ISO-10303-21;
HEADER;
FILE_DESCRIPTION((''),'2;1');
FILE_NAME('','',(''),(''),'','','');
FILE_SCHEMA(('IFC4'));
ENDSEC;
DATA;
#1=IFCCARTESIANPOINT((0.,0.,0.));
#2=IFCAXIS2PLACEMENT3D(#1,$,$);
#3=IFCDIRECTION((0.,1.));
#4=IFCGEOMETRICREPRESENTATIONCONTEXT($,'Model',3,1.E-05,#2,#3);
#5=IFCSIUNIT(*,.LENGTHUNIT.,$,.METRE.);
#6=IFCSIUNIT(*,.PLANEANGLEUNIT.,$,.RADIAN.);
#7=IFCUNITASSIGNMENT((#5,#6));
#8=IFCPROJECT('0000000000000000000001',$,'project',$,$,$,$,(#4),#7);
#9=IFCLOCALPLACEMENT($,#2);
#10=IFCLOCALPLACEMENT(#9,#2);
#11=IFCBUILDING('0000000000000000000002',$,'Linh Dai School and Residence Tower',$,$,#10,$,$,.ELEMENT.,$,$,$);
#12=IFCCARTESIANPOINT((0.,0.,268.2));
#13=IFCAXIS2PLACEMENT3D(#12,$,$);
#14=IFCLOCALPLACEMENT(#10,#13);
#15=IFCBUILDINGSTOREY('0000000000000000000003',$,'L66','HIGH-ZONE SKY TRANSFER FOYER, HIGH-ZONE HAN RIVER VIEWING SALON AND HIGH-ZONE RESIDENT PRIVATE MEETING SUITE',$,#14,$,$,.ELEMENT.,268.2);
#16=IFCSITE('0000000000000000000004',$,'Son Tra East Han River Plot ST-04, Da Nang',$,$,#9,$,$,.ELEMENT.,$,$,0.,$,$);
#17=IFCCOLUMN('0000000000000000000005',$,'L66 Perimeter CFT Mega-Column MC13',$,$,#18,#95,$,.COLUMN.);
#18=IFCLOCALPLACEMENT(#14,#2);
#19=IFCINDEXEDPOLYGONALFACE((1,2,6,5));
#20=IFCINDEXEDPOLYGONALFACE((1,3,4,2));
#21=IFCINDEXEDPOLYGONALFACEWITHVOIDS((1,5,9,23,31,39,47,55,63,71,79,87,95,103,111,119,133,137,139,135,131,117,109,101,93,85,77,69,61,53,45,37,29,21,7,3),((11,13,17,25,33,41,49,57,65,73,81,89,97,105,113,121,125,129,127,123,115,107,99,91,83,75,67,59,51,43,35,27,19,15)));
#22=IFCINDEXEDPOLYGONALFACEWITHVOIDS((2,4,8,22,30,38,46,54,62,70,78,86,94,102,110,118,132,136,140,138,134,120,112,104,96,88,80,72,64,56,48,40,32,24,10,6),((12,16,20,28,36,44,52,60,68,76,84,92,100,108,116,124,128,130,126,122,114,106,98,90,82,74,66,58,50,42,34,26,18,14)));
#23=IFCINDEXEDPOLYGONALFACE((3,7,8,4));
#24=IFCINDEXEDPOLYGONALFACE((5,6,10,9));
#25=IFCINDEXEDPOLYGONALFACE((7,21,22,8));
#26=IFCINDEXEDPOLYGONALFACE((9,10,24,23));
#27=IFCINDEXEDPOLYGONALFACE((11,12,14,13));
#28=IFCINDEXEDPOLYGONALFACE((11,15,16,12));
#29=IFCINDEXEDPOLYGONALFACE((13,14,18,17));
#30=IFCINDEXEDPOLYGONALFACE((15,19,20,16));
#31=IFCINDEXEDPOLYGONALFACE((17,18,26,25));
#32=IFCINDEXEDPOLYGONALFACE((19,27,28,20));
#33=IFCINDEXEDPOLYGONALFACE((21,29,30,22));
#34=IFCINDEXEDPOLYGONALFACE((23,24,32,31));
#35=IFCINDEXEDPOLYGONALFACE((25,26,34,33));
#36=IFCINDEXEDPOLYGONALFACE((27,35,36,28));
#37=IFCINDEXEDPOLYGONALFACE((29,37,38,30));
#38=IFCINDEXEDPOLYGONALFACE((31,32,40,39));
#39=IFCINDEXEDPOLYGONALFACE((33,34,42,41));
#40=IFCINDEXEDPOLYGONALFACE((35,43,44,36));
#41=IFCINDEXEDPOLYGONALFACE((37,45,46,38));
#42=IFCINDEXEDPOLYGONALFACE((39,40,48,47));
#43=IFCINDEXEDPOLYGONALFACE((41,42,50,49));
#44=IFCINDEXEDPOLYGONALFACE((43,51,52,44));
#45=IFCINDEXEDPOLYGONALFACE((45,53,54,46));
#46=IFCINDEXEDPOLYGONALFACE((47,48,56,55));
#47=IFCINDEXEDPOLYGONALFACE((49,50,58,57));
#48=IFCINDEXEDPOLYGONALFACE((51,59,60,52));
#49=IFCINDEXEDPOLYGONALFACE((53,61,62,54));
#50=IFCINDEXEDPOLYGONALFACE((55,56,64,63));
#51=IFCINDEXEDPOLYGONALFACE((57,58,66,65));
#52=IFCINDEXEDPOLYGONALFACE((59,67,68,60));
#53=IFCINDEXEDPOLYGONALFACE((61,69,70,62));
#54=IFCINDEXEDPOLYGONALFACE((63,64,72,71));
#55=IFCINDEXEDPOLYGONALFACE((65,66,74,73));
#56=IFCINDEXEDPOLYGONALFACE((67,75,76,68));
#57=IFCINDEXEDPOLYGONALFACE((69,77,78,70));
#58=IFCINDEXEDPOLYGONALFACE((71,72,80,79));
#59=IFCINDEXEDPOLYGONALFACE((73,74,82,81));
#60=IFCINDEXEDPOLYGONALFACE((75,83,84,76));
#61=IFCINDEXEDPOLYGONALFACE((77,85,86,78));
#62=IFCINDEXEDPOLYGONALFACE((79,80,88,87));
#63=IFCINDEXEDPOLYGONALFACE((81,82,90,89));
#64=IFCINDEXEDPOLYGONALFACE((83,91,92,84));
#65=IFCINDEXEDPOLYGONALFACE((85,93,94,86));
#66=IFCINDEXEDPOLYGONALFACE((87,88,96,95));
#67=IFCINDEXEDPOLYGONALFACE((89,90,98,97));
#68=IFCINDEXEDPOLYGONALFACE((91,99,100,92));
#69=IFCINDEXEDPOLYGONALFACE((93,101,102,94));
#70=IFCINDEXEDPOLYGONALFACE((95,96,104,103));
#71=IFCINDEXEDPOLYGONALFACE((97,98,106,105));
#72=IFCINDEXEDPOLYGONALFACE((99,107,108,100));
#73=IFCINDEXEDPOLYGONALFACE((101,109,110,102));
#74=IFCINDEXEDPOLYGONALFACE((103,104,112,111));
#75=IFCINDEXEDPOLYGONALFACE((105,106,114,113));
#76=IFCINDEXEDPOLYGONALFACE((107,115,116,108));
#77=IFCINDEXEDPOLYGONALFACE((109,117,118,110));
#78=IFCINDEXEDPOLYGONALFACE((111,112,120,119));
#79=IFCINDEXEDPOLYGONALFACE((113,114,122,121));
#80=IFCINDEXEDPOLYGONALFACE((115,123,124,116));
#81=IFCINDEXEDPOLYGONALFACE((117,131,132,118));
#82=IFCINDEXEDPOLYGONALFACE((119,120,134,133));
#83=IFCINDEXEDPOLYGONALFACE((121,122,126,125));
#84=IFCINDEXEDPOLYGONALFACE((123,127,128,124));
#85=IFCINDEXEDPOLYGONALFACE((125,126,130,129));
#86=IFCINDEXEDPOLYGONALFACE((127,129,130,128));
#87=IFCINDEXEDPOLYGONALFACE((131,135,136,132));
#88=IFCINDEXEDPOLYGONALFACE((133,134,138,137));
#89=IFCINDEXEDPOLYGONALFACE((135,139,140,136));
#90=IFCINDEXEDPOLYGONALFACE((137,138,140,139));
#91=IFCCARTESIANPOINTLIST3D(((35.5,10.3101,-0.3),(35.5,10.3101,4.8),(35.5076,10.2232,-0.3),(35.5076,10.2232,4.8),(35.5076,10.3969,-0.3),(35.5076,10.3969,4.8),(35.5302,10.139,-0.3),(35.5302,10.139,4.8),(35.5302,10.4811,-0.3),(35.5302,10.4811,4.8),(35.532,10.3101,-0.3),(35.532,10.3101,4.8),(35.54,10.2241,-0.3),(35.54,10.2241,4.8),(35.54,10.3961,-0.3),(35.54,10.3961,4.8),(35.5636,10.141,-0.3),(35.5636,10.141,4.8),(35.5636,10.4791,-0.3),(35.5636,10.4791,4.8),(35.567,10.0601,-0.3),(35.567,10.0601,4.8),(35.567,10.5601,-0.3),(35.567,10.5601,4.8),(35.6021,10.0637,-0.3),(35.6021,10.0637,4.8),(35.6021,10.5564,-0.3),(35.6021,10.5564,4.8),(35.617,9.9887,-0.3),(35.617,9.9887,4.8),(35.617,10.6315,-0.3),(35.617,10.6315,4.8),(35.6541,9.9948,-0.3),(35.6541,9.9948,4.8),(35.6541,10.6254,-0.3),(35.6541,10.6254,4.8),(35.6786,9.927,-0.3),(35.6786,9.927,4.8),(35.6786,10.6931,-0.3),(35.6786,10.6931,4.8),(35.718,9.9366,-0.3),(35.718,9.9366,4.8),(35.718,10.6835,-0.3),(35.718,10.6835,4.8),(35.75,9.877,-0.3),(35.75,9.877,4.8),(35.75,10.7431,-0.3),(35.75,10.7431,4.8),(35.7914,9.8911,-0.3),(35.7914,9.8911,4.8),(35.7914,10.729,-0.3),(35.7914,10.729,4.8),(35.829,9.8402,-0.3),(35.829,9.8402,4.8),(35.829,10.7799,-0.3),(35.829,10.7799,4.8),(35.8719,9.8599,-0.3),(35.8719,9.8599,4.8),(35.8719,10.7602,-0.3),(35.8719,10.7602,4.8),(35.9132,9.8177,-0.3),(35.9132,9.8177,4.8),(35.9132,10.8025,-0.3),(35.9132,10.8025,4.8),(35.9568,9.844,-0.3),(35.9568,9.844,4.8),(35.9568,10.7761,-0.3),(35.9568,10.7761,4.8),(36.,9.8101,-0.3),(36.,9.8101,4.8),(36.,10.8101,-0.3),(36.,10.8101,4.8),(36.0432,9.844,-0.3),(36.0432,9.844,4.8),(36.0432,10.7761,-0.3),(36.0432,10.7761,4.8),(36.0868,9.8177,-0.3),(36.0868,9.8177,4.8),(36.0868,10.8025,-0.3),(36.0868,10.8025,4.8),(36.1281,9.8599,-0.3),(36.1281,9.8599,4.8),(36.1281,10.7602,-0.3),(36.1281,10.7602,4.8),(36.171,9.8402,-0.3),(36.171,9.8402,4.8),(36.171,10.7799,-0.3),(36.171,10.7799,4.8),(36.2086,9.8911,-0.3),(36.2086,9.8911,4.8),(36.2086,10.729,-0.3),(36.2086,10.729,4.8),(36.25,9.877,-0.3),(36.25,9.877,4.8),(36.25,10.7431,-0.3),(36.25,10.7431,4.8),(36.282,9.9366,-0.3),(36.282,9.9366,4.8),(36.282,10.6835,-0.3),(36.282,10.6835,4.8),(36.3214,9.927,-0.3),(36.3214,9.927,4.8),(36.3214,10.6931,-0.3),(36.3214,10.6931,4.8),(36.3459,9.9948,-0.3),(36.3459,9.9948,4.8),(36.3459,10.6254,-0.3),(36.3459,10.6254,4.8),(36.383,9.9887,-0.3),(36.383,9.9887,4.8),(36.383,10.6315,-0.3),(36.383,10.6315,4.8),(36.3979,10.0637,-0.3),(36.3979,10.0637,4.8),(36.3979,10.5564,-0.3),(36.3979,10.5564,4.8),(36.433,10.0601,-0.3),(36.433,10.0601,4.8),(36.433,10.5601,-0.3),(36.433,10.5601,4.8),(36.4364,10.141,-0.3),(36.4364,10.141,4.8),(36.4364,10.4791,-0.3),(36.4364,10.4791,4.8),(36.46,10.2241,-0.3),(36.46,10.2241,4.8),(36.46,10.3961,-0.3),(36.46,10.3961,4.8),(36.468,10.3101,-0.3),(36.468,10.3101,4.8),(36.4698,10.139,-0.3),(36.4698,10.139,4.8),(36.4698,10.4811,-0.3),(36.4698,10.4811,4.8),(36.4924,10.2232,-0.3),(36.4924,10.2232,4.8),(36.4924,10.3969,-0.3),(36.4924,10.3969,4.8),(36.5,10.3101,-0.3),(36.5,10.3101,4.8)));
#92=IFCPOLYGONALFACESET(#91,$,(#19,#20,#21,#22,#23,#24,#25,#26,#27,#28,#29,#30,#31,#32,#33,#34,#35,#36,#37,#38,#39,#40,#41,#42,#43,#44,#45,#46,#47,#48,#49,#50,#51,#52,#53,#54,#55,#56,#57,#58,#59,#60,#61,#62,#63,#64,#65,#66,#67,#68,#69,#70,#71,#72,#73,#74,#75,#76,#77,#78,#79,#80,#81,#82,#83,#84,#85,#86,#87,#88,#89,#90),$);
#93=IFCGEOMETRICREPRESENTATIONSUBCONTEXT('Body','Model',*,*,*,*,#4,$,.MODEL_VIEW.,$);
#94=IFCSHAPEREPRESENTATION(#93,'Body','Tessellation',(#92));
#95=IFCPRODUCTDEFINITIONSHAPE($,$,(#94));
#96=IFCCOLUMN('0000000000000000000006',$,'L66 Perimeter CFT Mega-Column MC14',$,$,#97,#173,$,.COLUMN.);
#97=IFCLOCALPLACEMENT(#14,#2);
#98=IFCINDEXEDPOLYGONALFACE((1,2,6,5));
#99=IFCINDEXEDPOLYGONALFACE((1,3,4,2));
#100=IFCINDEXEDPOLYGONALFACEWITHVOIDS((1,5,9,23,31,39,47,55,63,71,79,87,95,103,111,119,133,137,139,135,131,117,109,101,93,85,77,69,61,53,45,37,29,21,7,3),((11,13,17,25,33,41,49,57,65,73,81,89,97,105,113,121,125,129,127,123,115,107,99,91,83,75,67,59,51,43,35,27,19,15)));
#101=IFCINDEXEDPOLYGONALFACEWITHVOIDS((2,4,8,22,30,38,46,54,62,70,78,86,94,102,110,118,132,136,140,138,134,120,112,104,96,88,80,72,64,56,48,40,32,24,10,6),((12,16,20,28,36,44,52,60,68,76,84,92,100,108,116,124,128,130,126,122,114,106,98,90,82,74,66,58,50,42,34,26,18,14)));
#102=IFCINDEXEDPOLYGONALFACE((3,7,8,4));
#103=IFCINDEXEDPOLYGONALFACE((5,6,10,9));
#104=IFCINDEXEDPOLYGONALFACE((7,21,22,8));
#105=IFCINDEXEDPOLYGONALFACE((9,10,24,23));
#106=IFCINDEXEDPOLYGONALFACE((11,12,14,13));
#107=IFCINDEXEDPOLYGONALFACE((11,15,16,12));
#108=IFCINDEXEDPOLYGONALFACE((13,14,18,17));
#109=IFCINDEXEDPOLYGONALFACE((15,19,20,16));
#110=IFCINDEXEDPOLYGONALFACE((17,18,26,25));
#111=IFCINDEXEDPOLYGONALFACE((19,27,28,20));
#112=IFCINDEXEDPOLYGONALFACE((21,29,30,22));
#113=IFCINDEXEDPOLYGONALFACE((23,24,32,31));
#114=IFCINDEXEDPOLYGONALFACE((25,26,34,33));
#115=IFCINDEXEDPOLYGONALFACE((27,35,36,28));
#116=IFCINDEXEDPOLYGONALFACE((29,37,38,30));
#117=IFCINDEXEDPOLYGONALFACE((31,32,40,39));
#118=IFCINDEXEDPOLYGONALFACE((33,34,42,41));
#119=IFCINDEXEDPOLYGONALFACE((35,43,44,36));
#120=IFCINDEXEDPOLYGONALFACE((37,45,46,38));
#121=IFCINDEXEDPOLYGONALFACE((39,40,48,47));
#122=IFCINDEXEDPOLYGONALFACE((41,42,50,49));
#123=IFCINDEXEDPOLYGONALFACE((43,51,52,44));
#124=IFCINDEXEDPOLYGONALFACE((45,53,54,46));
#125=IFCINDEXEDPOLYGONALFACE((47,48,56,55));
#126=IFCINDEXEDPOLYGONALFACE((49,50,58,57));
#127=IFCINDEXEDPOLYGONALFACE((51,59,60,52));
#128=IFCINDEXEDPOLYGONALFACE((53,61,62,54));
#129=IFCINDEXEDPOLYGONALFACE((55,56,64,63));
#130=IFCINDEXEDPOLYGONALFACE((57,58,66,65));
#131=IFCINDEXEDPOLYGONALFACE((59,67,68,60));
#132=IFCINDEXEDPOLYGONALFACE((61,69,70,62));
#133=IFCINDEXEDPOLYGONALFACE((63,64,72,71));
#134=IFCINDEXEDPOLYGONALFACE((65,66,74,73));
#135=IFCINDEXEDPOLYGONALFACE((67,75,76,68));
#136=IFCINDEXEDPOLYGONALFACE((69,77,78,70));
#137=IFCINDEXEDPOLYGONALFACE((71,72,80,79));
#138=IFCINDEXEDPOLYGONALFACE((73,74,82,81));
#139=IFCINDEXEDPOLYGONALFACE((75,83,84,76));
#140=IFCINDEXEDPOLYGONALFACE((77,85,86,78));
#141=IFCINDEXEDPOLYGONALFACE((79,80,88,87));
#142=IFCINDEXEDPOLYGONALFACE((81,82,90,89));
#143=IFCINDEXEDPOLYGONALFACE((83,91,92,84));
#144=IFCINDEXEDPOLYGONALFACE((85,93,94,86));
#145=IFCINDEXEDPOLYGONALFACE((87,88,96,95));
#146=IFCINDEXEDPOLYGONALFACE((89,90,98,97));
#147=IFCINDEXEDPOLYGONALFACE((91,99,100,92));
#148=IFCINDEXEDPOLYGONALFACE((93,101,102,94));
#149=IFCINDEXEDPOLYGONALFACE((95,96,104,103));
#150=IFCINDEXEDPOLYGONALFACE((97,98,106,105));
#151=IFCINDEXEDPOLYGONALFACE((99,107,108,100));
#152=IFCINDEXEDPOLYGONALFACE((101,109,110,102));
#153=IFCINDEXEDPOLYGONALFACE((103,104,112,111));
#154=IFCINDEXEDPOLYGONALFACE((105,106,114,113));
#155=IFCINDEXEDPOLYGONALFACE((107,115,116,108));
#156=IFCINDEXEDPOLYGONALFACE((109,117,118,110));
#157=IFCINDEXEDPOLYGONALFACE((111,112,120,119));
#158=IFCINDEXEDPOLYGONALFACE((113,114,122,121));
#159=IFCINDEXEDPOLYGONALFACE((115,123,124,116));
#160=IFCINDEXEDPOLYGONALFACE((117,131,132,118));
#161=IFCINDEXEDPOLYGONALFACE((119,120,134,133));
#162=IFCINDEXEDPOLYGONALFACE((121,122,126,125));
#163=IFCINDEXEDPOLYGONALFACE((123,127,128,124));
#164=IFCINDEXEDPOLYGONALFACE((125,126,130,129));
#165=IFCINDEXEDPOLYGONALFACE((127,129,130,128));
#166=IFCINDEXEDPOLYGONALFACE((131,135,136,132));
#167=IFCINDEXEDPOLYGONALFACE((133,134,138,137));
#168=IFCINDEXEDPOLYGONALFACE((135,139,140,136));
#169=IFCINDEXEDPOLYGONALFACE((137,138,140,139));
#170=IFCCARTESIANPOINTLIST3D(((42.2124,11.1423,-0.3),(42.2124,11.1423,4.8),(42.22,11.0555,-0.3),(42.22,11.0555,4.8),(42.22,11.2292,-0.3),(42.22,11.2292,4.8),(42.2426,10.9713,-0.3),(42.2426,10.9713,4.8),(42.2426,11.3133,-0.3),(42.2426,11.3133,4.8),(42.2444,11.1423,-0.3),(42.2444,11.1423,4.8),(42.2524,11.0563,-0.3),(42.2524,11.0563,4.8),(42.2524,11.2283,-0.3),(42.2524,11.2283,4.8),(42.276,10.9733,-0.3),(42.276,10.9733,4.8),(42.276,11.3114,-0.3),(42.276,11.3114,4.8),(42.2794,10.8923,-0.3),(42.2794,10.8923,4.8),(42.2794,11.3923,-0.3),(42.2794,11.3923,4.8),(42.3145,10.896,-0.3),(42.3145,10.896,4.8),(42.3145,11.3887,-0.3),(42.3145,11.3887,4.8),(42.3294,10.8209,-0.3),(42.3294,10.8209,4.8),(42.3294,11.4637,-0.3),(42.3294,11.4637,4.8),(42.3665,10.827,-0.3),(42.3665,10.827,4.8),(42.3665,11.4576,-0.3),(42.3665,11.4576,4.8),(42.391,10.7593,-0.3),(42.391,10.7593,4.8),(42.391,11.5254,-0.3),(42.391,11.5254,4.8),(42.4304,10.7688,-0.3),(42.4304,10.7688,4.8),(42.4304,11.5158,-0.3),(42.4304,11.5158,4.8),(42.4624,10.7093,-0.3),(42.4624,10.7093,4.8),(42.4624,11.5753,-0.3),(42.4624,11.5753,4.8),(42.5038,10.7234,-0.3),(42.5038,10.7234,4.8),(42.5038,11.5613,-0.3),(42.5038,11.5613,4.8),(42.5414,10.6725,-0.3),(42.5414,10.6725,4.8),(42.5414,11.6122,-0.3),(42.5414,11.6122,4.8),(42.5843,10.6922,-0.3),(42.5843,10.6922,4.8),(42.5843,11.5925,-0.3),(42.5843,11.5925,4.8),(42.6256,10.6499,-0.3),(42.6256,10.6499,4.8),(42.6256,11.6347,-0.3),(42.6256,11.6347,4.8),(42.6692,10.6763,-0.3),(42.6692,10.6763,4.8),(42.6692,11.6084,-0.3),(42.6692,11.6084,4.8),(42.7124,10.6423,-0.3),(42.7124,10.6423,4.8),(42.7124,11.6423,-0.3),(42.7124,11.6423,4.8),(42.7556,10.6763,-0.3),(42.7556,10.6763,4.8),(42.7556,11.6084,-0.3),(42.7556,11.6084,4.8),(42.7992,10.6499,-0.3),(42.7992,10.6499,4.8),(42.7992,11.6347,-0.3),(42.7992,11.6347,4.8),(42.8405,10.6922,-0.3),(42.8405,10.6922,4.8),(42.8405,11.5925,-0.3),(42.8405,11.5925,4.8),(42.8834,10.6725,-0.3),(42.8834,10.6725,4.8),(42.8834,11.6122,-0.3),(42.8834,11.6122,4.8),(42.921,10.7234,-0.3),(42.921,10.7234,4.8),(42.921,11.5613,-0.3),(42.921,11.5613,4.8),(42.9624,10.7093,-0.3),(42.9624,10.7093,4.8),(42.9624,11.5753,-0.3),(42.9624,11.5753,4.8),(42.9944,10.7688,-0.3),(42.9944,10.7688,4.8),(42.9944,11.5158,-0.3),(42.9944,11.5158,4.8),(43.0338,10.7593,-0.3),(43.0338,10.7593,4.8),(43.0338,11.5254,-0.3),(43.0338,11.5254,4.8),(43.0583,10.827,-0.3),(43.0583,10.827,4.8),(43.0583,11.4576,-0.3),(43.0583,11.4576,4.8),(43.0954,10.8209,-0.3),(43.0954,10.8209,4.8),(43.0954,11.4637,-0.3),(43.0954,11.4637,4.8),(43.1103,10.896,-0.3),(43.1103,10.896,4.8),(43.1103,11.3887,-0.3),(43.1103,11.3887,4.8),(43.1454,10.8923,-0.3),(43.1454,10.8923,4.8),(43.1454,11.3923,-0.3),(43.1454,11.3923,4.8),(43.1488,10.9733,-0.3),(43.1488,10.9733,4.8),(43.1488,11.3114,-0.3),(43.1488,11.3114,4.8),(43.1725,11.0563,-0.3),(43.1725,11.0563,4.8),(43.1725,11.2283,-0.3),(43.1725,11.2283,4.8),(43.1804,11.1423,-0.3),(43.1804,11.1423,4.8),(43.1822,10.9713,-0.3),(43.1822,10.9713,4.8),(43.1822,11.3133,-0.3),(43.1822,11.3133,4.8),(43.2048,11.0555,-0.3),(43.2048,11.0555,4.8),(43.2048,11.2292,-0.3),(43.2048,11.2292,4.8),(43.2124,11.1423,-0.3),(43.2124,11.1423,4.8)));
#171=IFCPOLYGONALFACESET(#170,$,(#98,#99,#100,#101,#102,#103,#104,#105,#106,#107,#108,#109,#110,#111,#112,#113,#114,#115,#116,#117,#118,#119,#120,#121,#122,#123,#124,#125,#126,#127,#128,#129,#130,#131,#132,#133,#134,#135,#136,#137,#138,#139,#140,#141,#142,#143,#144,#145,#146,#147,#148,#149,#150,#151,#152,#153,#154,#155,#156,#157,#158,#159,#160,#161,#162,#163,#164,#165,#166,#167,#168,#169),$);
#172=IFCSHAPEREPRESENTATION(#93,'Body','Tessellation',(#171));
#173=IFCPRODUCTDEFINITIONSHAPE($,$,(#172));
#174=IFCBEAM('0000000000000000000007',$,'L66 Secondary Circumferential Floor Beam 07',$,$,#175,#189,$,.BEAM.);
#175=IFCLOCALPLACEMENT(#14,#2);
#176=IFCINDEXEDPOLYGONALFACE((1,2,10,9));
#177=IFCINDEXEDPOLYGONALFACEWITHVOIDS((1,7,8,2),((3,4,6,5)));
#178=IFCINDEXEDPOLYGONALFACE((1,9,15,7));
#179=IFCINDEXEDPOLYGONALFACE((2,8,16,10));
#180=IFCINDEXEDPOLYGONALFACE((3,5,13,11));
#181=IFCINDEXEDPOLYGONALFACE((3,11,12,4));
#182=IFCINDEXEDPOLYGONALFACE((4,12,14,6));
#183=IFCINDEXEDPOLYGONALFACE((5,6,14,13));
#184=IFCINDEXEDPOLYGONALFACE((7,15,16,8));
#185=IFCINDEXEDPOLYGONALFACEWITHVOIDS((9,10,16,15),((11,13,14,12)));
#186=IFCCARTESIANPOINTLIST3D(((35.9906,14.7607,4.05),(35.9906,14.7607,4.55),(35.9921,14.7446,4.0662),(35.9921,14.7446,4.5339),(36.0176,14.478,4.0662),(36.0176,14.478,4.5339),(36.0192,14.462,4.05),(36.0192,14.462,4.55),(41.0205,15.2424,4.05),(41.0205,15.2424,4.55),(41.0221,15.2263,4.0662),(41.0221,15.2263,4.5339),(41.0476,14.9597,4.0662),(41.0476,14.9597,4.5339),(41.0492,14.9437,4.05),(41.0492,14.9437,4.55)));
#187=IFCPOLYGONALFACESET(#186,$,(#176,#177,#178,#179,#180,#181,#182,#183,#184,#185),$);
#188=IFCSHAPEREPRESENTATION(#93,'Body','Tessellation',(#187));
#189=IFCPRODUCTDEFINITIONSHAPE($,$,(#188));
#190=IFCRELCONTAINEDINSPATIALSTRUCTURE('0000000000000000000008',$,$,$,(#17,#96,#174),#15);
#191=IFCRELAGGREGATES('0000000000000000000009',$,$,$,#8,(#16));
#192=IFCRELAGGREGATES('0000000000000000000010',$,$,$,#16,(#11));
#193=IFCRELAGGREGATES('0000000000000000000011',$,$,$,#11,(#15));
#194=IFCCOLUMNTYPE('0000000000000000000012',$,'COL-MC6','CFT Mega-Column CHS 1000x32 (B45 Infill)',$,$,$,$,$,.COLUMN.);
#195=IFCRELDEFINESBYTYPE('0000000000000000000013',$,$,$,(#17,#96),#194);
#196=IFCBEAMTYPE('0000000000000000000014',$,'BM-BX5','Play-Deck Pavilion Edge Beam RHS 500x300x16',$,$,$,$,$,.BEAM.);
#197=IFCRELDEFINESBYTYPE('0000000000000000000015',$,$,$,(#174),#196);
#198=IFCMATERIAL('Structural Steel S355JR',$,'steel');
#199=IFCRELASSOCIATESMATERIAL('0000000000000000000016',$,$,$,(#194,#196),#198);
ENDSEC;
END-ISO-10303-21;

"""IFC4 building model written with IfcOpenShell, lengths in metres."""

from ifc_helpers import new_model, si_unit, direction, frame, origin, origin_2d, place, context, subcontext, project, spatial, hollow_rectangle, hollow_circle, extrude, material, material_profile, profile_set, type_object, element, save


model = new_model("IFC4")

# Units and contexts
model_context = context("Model", 3, precision=1e-05, world=origin(), true_north=direction((0.0, 1.0)))
body_context = subcontext(model_context, "Body", "Model", "MODEL_VIEW")
ifc_project = project(units=[si_unit("LENGTHUNIT", "METRE"), si_unit("PLANEANGLEUNIT", "RADIAN")], contexts=[model_context])

# Site, building, storey
site_placement = place(None, origin())
site = spatial("IfcSite", under=ifc_project, at=site_placement, Name="Son Tra East Han River Plot ST-04, Da Nang", CompositionType="ELEMENT", RefElevation=0.0)
building_placement = place(site_placement, origin())
building = spatial("IfcBuilding", under=site, at=building_placement, Name="Linh Dai School and Residence Tower", CompositionType="ELEMENT")
storey_placement = place(building_placement, frame((0.0, 0.0, 268.2)))
storey = spatial("IfcBuildingStorey", under=building, at=storey_placement, Name="L66", Description="HIGH-ZONE SKY TRANSFER FOYER, HIGH-ZONE HAN RIVER VIEWING SALON AND HIGH-ZONE RESIDENT PRIVATE MEETING SUITE", CompositionType="ELEMENT", Elevation=268.2)

# Columns
ifc_material_1 = material(Name="Structural Steel S355JR", Category="steel")
ifc_material_profile_1 = material_profile(ifc_material_1, hollow_circle(Radius=0.5, WallThickness=0.032, at=origin_2d()), Name="CHS 1000x32")
ifc_profile_set_1 = profile_set([ifc_material_profile_1], Name="Structural Steel S355JR")
column_type = type_object("IfcColumnType", Name="COL-MC6", Description="CFT Mega-Column CHS 1000x32 (B45 Infill)", PredefinedType="COLUMN", material=ifc_profile_set_1)
for number, where, z_axis, x_axis, name in (
    (1, (36.0, 10.3101, -0.3), (0.0, 0.0, 1.0), (1.0, 0.0, 0.0), "L66 Perimeter CFT Mega-Column MC13"),
    (2, (42.7124, 11.1423, -0.3), (0.0, 0.0, 1.0), (1.0, 0.0, 0.0), "L66 Perimeter CFT Mega-Column MC14"),
):
    element("IfcColumn", number, at=place(storey_placement, frame(where, z_axis=z_axis, x_axis=x_axis)), inside=storey, type_object=column_type, Name=name, PredefinedType="COLUMN", context=body_context, shape_type="SweptSolid", body=[
        extrude(hollow_circle(Radius=0.5, WallThickness=0.032, at=origin_2d()), origin(), (0.0, 0.0, 1.0), 5.1001),
    ])

# Beam
ifc_material_profile_2 = material_profile(ifc_material_1, hollow_rectangle(XDim=0.3, YDim=0.5, WallThickness=0.0161, at=origin_2d()), Name="RHS 500x300x16")
ifc_profile_set_2 = profile_set([ifc_material_profile_2], Name="Structural Steel S355JR")
beam_type_1 = type_object("IfcBeamType", Name="BM-BX5", Description="Play-Deck Pavilion Edge Beam RHS 500x300x16", PredefinedType="BEAM", material=ifc_profile_set_2)
beam_1_placement = place(storey_placement, frame((36.0049, 14.6113, 4.3), z_axis=(0.995446, 0.095327, 0.0), x_axis=(-0.095327, 0.995446, 0.0)))
element("IfcBeam", 3, at=beam_1_placement, inside=storey, type_object=beam_type_1, Name="L66 Secondary Circumferential Floor Beam 07", PredefinedType="BEAM", context=body_context, shape_type="SweptSolid", body=[
    extrude(hollow_rectangle(XDim=0.3, YDim=0.5, WallThickness=0.0161, at=origin_2d()), origin(), (0.0, 0.0, 1.0), 5.053),
])

save(model, "model.ifc")
